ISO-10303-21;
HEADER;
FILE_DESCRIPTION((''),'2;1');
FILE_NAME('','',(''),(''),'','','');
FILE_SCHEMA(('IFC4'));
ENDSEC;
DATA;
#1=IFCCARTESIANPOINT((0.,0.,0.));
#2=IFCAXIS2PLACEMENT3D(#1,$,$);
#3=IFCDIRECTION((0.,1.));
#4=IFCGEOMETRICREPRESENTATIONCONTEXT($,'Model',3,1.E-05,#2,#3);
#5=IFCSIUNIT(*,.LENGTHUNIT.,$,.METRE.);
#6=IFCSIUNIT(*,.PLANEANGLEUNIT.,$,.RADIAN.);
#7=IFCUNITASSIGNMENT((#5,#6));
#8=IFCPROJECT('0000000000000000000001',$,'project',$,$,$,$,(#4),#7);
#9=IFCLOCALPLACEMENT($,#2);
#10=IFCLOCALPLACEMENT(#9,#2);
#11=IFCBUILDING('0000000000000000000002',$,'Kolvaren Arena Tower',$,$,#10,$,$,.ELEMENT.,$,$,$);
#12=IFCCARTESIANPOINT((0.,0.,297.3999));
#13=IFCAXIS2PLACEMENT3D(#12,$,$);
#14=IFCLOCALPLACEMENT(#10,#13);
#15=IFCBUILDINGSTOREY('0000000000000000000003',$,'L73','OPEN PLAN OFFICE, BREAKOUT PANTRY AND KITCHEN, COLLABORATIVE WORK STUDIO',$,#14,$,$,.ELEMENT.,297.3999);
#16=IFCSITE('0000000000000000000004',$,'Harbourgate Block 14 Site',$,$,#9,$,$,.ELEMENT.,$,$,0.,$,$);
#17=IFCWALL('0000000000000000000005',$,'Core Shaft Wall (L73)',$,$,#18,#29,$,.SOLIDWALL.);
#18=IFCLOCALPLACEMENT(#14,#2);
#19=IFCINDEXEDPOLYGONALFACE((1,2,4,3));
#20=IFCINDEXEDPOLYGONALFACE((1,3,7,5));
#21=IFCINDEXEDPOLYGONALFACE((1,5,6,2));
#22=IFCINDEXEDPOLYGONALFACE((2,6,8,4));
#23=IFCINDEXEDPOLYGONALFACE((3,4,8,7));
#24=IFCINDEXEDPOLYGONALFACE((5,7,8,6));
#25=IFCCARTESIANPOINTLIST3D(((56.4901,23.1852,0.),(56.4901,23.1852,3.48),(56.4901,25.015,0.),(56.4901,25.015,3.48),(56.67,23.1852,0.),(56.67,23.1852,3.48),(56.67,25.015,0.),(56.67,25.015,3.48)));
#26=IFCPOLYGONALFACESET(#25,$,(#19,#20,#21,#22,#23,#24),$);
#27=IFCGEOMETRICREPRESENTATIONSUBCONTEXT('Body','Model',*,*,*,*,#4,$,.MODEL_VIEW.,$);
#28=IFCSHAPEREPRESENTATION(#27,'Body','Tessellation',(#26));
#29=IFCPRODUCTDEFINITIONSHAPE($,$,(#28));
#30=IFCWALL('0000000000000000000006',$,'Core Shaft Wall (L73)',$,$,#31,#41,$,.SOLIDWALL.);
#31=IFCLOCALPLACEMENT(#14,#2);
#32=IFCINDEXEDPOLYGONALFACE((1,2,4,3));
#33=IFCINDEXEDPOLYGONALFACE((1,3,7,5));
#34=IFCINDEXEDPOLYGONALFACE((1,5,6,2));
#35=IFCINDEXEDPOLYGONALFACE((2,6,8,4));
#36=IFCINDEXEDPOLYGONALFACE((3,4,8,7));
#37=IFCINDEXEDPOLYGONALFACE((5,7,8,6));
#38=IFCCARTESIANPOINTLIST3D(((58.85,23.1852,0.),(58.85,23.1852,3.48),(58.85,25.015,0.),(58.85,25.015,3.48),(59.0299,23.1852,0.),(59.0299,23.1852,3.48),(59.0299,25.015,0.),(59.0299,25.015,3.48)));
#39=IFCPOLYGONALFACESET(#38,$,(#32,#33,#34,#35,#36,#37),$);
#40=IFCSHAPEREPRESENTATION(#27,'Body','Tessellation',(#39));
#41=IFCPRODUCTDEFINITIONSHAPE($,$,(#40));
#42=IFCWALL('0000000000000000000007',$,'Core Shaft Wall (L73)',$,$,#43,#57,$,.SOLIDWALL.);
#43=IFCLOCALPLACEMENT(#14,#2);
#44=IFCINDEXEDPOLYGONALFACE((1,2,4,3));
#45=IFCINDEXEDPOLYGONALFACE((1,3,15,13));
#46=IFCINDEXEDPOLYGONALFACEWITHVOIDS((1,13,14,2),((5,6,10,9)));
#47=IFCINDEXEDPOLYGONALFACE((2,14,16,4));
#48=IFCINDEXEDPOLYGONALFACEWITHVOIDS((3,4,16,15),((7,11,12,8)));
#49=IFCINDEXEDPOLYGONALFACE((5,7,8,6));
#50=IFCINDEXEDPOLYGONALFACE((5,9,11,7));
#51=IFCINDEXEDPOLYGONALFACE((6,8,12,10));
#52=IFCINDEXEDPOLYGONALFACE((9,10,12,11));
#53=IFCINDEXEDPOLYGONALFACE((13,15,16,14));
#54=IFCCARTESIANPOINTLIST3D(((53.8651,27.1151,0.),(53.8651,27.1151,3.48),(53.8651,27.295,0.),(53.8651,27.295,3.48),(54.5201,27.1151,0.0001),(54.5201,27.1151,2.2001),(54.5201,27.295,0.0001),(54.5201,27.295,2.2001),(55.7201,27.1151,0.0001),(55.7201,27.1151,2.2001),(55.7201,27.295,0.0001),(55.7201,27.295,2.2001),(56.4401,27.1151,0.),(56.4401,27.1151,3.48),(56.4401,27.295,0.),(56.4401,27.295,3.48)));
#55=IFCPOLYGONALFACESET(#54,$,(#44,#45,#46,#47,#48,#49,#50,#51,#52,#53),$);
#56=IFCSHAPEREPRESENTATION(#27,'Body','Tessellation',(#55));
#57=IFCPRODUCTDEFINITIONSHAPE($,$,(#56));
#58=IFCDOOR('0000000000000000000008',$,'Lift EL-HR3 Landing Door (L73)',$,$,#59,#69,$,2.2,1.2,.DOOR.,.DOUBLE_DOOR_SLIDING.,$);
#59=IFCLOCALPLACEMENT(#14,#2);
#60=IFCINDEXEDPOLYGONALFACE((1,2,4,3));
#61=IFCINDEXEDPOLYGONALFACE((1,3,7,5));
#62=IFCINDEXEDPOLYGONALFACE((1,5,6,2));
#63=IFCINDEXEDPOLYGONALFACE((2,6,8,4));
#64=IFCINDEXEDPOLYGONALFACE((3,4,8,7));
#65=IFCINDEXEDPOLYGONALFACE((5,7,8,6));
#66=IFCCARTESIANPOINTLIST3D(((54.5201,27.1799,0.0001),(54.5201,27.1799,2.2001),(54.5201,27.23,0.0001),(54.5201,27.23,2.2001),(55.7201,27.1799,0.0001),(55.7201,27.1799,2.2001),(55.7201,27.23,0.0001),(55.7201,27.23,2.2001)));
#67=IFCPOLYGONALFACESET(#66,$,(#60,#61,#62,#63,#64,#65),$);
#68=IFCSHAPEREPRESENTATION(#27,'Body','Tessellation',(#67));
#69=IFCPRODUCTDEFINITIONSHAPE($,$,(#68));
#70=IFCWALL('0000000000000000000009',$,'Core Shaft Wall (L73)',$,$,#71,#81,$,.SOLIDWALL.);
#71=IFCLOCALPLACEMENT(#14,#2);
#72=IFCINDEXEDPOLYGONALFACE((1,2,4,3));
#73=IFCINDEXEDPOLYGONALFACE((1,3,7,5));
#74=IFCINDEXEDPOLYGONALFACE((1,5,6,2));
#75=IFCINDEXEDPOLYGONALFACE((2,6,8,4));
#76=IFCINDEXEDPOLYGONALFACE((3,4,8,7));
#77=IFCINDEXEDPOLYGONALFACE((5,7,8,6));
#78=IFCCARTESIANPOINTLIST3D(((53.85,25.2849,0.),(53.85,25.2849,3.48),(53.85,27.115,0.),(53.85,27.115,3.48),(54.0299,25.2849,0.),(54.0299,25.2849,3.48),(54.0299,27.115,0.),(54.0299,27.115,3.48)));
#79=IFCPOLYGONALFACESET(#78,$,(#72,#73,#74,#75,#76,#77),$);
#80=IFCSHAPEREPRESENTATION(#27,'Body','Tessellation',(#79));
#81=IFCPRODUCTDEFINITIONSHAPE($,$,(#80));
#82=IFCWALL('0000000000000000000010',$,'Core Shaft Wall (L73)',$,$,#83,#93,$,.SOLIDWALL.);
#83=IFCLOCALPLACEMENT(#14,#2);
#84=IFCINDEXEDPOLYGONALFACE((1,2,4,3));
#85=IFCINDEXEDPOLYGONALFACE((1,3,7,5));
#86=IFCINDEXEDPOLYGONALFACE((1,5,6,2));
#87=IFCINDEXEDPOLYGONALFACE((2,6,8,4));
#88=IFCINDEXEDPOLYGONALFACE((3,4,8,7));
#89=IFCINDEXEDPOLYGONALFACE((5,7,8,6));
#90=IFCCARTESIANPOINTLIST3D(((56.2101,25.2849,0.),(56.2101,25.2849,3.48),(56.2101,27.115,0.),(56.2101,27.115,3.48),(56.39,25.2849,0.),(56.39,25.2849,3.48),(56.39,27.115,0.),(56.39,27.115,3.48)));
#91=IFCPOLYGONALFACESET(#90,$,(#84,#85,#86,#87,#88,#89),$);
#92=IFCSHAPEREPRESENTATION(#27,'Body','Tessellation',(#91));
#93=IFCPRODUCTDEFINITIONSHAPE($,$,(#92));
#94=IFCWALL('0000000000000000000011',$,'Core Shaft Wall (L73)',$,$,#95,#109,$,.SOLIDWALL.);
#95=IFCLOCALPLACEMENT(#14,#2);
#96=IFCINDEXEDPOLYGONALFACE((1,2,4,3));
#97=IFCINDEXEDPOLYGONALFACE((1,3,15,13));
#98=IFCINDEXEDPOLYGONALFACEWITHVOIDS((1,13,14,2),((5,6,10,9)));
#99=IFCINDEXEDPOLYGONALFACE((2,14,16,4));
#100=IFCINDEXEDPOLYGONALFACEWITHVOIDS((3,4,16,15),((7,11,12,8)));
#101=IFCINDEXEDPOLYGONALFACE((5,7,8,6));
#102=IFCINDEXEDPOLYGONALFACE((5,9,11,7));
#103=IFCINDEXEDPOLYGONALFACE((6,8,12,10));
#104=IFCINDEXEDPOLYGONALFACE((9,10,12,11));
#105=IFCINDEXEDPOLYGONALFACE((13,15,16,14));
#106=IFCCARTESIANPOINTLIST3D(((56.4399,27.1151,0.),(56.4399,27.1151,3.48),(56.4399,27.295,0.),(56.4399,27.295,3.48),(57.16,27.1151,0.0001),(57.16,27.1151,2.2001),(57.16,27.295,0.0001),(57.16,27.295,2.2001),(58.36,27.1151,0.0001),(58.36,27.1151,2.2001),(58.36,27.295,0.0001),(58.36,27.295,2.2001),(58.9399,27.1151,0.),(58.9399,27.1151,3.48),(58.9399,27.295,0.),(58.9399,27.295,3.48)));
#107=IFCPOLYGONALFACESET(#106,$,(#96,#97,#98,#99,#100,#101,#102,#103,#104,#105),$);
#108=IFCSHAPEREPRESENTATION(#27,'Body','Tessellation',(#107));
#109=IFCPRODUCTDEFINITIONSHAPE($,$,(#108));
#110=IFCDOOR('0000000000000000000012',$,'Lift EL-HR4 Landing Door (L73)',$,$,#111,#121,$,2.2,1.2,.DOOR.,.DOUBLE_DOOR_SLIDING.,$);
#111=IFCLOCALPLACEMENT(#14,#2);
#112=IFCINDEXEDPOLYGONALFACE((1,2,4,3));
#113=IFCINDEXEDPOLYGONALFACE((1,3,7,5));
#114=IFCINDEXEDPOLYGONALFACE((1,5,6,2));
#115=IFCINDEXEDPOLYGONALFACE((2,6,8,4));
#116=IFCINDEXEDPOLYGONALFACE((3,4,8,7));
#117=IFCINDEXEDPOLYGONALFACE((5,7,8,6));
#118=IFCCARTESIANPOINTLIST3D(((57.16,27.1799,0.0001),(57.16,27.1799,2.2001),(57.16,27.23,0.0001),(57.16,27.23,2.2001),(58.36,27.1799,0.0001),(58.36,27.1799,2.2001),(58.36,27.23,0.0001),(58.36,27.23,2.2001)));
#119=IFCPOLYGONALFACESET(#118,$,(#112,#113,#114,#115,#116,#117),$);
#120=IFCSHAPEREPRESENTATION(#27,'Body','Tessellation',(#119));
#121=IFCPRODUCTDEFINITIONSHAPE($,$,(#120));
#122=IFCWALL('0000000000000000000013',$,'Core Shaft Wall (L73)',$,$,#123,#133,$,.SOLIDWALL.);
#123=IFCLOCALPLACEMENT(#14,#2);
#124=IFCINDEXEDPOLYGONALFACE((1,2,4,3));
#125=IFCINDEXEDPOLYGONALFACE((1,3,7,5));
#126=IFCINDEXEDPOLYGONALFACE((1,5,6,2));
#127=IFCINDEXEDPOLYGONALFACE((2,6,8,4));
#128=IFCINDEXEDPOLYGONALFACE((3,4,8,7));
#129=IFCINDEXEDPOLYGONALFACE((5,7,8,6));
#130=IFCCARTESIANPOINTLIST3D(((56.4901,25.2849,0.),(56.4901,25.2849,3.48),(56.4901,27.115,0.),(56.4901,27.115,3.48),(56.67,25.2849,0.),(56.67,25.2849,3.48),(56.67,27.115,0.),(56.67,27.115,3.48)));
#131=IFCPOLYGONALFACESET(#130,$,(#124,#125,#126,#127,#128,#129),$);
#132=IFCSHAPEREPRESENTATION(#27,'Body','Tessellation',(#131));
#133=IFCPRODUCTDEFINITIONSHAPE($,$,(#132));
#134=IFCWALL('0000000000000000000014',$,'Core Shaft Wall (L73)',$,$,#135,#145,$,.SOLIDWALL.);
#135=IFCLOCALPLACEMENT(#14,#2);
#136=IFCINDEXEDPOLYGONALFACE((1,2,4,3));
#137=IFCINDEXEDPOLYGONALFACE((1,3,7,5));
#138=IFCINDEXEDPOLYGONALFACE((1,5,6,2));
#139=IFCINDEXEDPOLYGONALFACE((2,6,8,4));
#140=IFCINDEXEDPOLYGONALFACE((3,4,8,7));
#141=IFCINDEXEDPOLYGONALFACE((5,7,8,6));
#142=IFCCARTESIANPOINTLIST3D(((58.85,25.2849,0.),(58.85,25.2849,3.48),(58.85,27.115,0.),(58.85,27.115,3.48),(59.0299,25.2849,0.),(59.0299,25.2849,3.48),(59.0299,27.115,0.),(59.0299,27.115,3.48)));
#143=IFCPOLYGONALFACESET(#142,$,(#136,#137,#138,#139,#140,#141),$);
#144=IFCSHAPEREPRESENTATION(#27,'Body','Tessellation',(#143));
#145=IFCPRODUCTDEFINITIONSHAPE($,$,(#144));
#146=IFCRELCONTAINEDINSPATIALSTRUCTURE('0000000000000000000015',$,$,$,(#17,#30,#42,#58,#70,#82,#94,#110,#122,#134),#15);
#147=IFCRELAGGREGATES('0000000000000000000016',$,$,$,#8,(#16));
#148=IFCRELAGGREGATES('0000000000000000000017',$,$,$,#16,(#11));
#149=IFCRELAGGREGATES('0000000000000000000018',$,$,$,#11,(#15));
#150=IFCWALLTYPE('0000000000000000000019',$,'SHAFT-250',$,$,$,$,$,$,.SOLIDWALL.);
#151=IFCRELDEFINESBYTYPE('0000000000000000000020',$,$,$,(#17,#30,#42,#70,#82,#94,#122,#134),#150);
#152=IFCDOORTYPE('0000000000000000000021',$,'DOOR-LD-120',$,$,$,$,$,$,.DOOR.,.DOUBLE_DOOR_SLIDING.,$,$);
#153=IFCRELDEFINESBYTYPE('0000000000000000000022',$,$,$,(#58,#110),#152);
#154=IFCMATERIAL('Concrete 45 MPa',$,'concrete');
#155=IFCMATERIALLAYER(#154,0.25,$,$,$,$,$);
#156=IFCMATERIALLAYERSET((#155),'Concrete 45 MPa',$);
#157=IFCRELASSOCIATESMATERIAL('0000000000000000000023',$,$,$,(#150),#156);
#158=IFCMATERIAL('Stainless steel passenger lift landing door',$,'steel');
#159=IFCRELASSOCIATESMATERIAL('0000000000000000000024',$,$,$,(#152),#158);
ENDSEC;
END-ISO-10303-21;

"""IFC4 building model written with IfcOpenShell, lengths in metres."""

from ifc_helpers import new_model, si_unit, direction, frame, frame_2d, origin, place, context, subcontext, project, spatial, rectangle, extrude, material, layer, layer_set, type_object, element, fill, save


model = new_model("IFC4")

# Units and contexts
model_context = context("Model", 3, precision=1e-05, world=origin(), true_north=direction((0.0, 1.0)))
body_context = subcontext(model_context, "Body", "Model", "MODEL_VIEW")
ifc_project = project(units=[si_unit("LENGTHUNIT", "METRE"), si_unit("PLANEANGLEUNIT", "RADIAN")], contexts=[model_context])

# Site, building, storey
site_placement = place(None, origin())
site = spatial("IfcSite", under=ifc_project, at=site_placement, Name="Harbourgate Block 14 Site", CompositionType="ELEMENT", RefElevation=0.0)
building_placement = place(site_placement, origin())
building = spatial("IfcBuilding", under=site, at=building_placement, Name="Kolvaren Arena Tower", CompositionType="ELEMENT")
storey_placement = place(building_placement, frame((0.0, 0.0, 297.3999)))
storey = spatial("IfcBuildingStorey", under=building, at=storey_placement, Name="L73", Description="OPEN PLAN OFFICE, BREAKOUT PANTRY AND KITCHEN, COLLABORATIVE WORK STUDIO", CompositionType="ELEMENT", Elevation=297.3999)

# Shared definitions
ifc_material_1 = material(Name="Concrete 45 MPa", Category="concrete")
ifc_layer = layer(ifc_material_1, 0.25)
ifc_layer_set = layer_set([ifc_layer], Name="Concrete 45 MPa")
wall_type = type_object("IfcWallType", Name="SHAFT-250", PredefinedType="SOLIDWALL", material=ifc_layer_set)

# Shared definitions
ifc_material_2 = material(Name="Stainless steel passenger lift landing door", Category="steel")
door_type = type_object("IfcDoorType", Name="DOOR-LD-120", OperationType="DOUBLE_DOOR_SLIDING", PredefinedType="DOOR", material=ifc_material_2)

# Walls
for number, where, z_axis, x_axis, name in (
    (1, (56.5801, 23.1851, 0.0), (0.0, 0.0, 1.0), (0.0, 1.0, 0.0), "Core Shaft Wall (L73)"),
    (2, (58.9399, 23.1851, 0.0), (0.0, 0.0, 1.0), (0.0, 1.0, 0.0), "Core Shaft Wall (L73)"),
):
    element("IfcWall", number, at=place(storey_placement, frame(where, z_axis=z_axis, x_axis=x_axis)), inside=storey, type_object=wall_type, Name=name, PredefinedType="SOLIDWALL", context=body_context, shape_type="SweptSolid", body=[
        extrude(rectangle(XDim=1.8298, YDim=0.1799, at=frame_2d((0.915, 0.0))), origin(), (0.0, 0.0, 1.0), 3.48),
    ])

# Wall, opening, door
wall_1_placement = place(storey_placement, frame((53.865, 27.2051, 0.0), z_axis=(0.0, 0.0, 1.0), x_axis=(1.0, 0.0, 0.0)))
wall_1 = element("IfcWall", 3, at=wall_1_placement, inside=storey, type_object=wall_type, Name="Core Shaft Wall (L73)", PredefinedType="SOLIDWALL", context=body_context, shape_type="SweptSolid", body=[
    extrude(rectangle(XDim=2.575, YDim=0.1799, at=frame_2d((1.2876, 0.0))), origin(), (0.0, 0.0, 1.0), 3.48),
])
opening_1_placement = place(wall_1_placement, frame((0.655, 0.0, 0.0)))
opening_1 = element("IfcOpeningElement", 4, at=opening_1_placement, cuts=wall_1, PredefinedType="OPENING", context=body_context, shape_type="SweptSolid", body=[
    extrude(rectangle(XDim=1.2, YDim=2.2, at=frame_2d((0.6001, 1.1001))), frame((0.0, 0.0999, 0.0), z_axis=(0.0, -1.0, 0.0), x_axis=(1.0, 0.0, 0.0)), (0.0, 0.0, 1.0), 0.2),
])
door_1_placement = place(opening_1_placement, origin())
door_1 = element("IfcDoor", 5, at=door_1_placement, inside=storey, type_object=door_type, Name="Lift EL-HR3 Landing Door (L73)", OperationType="DOUBLE_DOOR_SLIDING", OverallHeight=2.2, OverallWidth=1.2, PredefinedType="DOOR", context=body_context, shape_type="SweptSolid", body=[
    extrude(rectangle(XDim=1.2, YDim=2.2, at=frame_2d((0.6001, 1.1001))), frame((0.0, 0.0249, 0.0), z_axis=(0.0, -1.0, 0.0), x_axis=(1.0, 0.0, 0.0)), (0.0, 0.0, 1.0), 0.05),
])
fill(opening_1, door_1)

# Walls
for number, where, z_axis, x_axis, name in (
    (6, (53.9399, 25.2849, 0.0), (0.0, 0.0, 1.0), (0.0, 1.0, 0.0), "Core Shaft Wall (L73)"),
    (7, (56.3, 25.2849, 0.0), (0.0, 0.0, 1.0), (0.0, 1.0, 0.0), "Core Shaft Wall (L73)"),
):
    element("IfcWall", number, at=place(storey_placement, frame(where, z_axis=z_axis, x_axis=x_axis)), inside=storey, type_object=wall_type, Name=name, PredefinedType="SOLIDWALL", context=body_context, shape_type="SweptSolid", body=[
        extrude(rectangle(XDim=1.8301, YDim=0.1799, at=frame_2d((0.915, 0.0))), origin(), (0.0, 0.0, 1.0), 3.48),
    ])

# Wall, opening, door
wall_2_placement = place(storey_placement, frame((56.4399, 27.2051, 0.0), z_axis=(0.0, 0.0, 1.0), x_axis=(1.0, 0.0, 0.0)))
wall_2 = element("IfcWall", 8, at=wall_2_placement, inside=storey, type_object=wall_type, Name="Core Shaft Wall (L73)", PredefinedType="SOLIDWALL", context=body_context, shape_type="SweptSolid", body=[
    extrude(rectangle(XDim=2.5, YDim=0.1799, at=frame_2d((1.25, 0.0))), origin(), (0.0, 0.0, 1.0), 3.48),
])
opening_2_placement = place(wall_2_placement, frame((0.72, 0.0, 0.0)))
opening_2 = element("IfcOpeningElement", 9, at=opening_2_placement, cuts=wall_2, PredefinedType="OPENING", context=body_context, shape_type="SweptSolid", body=[
    extrude(rectangle(XDim=1.2, YDim=2.2, at=frame_2d((0.6001, 1.1001))), frame((0.0, 0.0999, 0.0), z_axis=(0.0, -1.0, 0.0), x_axis=(1.0, 0.0, 0.0)), (0.0, 0.0, 1.0), 0.2),
])
door_2_placement = place(opening_2_placement, origin())
door_2 = element("IfcDoor", 10, at=door_2_placement, inside=storey, type_object=door_type, Name="Lift EL-HR4 Landing Door (L73)", OperationType="DOUBLE_DOOR_SLIDING", OverallHeight=2.2, OverallWidth=1.2, PredefinedType="DOOR", context=body_context, shape_type="SweptSolid", body=[
    extrude(rectangle(XDim=1.2, YDim=2.2, at=frame_2d((0.6001, 1.1001))), frame((0.0, 0.0249, 0.0), z_axis=(0.0, -1.0, 0.0), x_axis=(1.0, 0.0, 0.0)), (0.0, 0.0, 1.0), 0.05),
])
fill(opening_2, door_2)

# Walls
for number, where, z_axis, x_axis, name in (
    (11, (56.5801, 25.2849, 0.0), (0.0, 0.0, 1.0), (0.0, 1.0, 0.0), "Core Shaft Wall (L73)"),
    (12, (58.9399, 25.2849, 0.0), (0.0, 0.0, 1.0), (0.0, 1.0, 0.0), "Core Shaft Wall (L73)"),
):
    element("IfcWall", number, at=place(storey_placement, frame(where, z_axis=z_axis, x_axis=x_axis)), inside=storey, type_object=wall_type, Name=name, PredefinedType="SOLIDWALL", context=body_context, shape_type="SweptSolid", body=[
        extrude(rectangle(XDim=1.8301, YDim=0.1799, at=frame_2d((0.915, 0.0))), origin(), (0.0, 0.0, 1.0), 3.48),
    ])

save(model, "model.ifc")
